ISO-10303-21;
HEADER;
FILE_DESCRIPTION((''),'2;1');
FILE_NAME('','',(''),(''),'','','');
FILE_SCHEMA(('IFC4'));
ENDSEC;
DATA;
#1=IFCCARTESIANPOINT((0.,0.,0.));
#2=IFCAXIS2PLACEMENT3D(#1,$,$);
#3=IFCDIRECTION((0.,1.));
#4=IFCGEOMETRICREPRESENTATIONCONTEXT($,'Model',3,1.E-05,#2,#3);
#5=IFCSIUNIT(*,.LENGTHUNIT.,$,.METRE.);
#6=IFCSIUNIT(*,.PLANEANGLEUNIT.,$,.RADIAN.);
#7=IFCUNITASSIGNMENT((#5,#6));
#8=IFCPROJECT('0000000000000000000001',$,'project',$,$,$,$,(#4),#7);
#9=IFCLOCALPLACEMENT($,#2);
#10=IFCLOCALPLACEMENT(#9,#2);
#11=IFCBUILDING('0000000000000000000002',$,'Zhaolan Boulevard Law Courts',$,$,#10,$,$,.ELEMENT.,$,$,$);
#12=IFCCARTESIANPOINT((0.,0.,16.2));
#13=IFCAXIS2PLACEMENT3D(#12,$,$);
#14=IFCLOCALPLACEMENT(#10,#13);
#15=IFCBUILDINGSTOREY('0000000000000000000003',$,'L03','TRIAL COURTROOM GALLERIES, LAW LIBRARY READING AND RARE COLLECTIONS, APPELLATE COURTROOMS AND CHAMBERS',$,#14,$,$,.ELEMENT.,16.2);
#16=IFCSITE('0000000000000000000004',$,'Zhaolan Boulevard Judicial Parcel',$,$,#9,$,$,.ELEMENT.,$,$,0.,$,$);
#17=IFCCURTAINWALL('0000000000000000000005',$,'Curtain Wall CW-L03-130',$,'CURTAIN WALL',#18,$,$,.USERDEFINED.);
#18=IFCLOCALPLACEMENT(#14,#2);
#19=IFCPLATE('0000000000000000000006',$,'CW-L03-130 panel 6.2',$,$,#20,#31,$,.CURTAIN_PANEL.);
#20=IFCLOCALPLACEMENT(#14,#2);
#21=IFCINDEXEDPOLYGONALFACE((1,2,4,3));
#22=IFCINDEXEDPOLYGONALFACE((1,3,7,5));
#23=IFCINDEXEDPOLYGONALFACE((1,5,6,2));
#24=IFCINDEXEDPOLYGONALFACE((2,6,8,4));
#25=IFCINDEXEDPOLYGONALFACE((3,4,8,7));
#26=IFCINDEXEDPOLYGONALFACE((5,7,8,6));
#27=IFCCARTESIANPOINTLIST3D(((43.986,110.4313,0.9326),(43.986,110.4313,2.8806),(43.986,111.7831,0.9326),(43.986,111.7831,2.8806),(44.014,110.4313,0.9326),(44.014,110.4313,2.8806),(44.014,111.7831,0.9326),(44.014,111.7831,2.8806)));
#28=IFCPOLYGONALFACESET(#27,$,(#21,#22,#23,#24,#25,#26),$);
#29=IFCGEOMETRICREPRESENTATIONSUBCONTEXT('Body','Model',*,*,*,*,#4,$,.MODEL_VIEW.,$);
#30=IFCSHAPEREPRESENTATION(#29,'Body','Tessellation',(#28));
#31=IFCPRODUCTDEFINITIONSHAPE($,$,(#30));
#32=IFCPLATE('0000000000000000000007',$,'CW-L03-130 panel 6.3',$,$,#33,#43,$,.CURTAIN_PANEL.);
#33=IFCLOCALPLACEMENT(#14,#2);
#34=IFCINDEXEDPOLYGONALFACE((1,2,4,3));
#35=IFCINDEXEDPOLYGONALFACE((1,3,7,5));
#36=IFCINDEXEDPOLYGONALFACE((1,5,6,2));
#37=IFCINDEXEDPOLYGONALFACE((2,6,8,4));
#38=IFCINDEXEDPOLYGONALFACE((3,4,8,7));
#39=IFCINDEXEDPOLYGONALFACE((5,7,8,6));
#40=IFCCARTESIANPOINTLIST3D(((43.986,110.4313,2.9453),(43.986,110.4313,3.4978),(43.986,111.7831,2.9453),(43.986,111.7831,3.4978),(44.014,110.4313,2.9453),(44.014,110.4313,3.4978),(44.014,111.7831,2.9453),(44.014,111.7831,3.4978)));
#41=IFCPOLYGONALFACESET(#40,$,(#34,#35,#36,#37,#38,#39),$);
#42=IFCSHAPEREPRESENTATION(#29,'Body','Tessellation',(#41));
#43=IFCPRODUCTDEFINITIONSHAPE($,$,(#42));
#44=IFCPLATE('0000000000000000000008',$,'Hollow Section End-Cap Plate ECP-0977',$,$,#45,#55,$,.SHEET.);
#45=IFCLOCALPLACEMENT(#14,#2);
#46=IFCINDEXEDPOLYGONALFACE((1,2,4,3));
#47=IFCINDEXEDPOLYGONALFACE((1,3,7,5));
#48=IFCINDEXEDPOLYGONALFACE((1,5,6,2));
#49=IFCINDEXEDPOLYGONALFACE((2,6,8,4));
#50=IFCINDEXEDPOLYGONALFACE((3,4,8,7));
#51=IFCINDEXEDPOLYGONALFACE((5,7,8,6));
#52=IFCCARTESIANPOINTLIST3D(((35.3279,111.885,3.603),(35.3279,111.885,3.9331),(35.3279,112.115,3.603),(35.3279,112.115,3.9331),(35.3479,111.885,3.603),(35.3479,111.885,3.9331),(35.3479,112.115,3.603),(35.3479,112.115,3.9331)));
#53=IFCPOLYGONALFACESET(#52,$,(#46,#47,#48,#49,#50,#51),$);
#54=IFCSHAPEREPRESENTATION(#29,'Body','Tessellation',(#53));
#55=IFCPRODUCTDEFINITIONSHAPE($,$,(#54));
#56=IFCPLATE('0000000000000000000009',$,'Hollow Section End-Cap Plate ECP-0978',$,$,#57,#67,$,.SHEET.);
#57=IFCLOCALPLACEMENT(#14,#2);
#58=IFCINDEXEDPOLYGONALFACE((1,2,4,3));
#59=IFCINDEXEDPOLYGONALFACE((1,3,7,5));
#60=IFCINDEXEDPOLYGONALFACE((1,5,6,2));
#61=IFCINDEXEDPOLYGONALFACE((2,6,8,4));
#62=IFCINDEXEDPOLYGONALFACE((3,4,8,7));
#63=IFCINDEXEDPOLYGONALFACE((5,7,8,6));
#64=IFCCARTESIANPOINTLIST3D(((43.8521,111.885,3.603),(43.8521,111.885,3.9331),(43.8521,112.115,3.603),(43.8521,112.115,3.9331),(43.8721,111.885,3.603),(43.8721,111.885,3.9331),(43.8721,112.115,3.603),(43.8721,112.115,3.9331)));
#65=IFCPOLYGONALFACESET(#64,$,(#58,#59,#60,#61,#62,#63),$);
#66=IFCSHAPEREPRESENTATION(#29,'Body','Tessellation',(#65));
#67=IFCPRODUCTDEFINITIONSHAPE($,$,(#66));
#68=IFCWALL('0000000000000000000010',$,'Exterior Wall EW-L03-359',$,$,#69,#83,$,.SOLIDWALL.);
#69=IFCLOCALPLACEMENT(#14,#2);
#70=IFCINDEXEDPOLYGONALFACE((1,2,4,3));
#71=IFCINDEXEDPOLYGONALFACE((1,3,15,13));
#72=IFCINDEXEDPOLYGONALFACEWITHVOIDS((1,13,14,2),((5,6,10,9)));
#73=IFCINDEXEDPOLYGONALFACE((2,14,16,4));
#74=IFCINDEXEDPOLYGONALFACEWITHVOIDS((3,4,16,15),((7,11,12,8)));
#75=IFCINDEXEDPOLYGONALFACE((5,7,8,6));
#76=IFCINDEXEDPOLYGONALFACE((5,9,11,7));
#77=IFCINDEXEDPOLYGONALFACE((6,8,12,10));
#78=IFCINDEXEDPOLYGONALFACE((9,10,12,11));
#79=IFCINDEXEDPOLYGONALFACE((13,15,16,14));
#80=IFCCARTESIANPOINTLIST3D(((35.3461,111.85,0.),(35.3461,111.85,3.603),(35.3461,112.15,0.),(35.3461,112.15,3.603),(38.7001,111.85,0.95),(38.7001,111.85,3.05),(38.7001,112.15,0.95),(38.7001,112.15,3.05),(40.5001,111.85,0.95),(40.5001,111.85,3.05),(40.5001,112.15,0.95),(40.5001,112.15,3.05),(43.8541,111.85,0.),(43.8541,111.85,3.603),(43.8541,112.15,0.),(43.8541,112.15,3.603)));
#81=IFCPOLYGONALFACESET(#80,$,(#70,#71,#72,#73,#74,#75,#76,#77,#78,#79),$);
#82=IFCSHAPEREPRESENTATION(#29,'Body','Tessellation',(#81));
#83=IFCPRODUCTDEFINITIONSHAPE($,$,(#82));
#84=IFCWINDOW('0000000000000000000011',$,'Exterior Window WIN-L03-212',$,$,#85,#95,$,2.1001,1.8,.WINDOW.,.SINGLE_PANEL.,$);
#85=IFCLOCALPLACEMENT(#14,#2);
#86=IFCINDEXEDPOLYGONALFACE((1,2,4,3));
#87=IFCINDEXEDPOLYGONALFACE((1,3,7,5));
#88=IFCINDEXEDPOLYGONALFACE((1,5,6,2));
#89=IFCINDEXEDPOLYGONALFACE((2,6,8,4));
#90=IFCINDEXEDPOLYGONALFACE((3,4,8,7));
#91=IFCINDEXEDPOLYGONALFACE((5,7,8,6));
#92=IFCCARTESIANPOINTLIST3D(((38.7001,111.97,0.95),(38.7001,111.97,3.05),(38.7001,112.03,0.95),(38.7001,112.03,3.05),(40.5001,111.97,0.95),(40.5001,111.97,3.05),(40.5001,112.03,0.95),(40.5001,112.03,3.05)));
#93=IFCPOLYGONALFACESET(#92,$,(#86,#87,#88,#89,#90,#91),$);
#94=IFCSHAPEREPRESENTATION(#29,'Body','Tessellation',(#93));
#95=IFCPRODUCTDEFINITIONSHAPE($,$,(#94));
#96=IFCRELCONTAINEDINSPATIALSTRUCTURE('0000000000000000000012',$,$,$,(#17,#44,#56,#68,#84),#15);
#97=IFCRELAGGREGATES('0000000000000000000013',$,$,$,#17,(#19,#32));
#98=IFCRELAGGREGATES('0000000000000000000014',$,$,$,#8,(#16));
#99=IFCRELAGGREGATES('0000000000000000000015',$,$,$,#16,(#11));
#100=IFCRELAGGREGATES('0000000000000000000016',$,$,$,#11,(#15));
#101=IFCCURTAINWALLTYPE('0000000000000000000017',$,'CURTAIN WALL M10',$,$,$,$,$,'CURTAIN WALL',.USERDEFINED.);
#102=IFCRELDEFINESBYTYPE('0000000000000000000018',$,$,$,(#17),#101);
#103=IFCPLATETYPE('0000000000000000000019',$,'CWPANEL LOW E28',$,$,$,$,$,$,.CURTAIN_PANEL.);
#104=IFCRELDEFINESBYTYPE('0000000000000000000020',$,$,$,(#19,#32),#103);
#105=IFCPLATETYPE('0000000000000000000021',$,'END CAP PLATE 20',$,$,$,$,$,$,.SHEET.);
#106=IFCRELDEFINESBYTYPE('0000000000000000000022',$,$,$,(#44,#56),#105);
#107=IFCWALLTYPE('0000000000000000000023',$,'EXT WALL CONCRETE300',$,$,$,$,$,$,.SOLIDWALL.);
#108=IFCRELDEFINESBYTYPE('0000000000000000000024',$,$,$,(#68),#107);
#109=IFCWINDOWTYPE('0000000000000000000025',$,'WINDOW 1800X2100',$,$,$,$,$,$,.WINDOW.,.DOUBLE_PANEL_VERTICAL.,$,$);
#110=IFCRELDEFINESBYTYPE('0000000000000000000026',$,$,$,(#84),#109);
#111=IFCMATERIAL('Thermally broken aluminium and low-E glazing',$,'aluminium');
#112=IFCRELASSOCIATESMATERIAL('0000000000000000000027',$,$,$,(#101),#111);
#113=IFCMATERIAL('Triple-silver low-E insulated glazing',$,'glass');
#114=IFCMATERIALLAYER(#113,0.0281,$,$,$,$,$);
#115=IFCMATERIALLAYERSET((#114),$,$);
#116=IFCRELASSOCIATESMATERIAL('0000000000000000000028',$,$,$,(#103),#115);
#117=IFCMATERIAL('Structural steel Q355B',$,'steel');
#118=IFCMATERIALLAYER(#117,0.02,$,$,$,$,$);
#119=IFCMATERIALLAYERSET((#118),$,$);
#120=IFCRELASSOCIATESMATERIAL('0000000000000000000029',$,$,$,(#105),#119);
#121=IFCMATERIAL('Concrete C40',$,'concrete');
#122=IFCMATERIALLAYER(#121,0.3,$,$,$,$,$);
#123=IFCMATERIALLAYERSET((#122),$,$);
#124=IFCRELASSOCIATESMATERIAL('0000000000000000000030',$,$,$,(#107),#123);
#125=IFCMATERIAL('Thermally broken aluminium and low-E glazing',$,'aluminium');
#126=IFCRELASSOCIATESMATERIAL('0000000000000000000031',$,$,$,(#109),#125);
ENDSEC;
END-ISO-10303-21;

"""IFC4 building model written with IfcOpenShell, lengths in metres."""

from ifc_helpers import new_model, si_unit, direction, frame, frame_2d, origin, origin_2d, place, context, subcontext, project, spatial, rectangle, extrude, material, layer, layer_set, type_object, element, fill, aggregate, save


model = new_model("IFC4")

# Units and contexts
model_context = context("Model", 3, precision=1e-05, world=origin(), true_north=direction((0.0, 1.0)))
body_context = subcontext(model_context, "Body", "Model", "MODEL_VIEW")
ifc_project = project(units=[si_unit("LENGTHUNIT", "METRE"), si_unit("PLANEANGLEUNIT", "RADIAN")], contexts=[model_context])

# Site, building, storey
site_placement = place(None, origin())
site = spatial("IfcSite", under=ifc_project, at=site_placement, Name="Zhaolan Boulevard Judicial Parcel", CompositionType="ELEMENT", RefElevation=0.0)
building_placement = place(site_placement, origin())
building = spatial("IfcBuilding", under=site, at=building_placement, Name="Zhaolan Boulevard Law Courts", CompositionType="ELEMENT")
storey_placement = place(building_placement, frame((0.0, 0.0, 16.2)))
storey = spatial("IfcBuildingStorey", under=building, at=storey_placement, Name="L03", Description="TRIAL COURTROOM GALLERIES, LAW LIBRARY READING AND RARE COLLECTIONS, APPELLATE COURTROOMS AND CHAMBERS", CompositionType="ELEMENT", Elevation=16.2)

# Curtain wall
ifc_material_1 = material(Name="Thermally broken aluminium and low-E glazing", Category="aluminium")
curtain_wall_type = type_object("IfcCurtainWallType", Name="CURTAIN WALL M10", ElementType="CURTAIN WALL", PredefinedType="USERDEFINED", material=ifc_material_1)
curtain_wall_placement = place(storey_placement, origin())
curtain_wall = element("IfcCurtainWall", 1, at=curtain_wall_placement, inside=storey, type_object=curtain_wall_type, Name="Curtain Wall CW-L03-130", ObjectType="CURTAIN WALL", PredefinedType="USERDEFINED")

# Plates
ifc_material_2 = material(Name="Triple-silver low-E insulated glazing", Category="glass")
ifc_layer_1 = layer(ifc_material_2, 0.0281)
ifc_layer_set_1 = layer_set([ifc_layer_1])
plate_type_1 = type_object("IfcPlateType", Name="CWPANEL LOW E28", PredefinedType="CURTAIN_PANEL", material=ifc_layer_set_1)
plate_1_placement = place(storey_placement, frame((44.0, 111.1072, 0.9326), z_axis=(0.0, 0.0, 1.0), x_axis=(0.0, 1.0, 0.0)))
plate_1 = element("IfcPlate", 2, at=plate_1_placement, type_object=plate_type_1, Name="CW-L03-130 panel 6.2", PredefinedType="CURTAIN_PANEL", context=body_context, shape_type="SweptSolid", body=[
    extrude(rectangle(XDim=1.3518, YDim=0.0281, at=origin_2d()), origin(), (0.0, 0.0, 1.0), 1.948),
])
plate_2_placement = place(storey_placement, frame((44.0, 111.1072, 2.9453), z_axis=(0.0, 0.0, 1.0), x_axis=(0.0, 1.0, 0.0)))
plate_2 = element("IfcPlate", 3, at=plate_2_placement, type_object=plate_type_1, Name="CW-L03-130 panel 6.3", PredefinedType="CURTAIN_PANEL", context=body_context, shape_type="SweptSolid", body=[
    extrude(rectangle(XDim=1.3518, YDim=0.0281, at=origin_2d()), origin(), (0.0, 0.0, 1.0), 0.5525),
])
aggregate(curtain_wall, [plate_1, plate_2])

# Plates
ifc_material_3 = material(Name="Structural steel Q355B", Category="steel")
ifc_layer_2 = layer(ifc_material_3, 0.02)
ifc_layer_set_2 = layer_set([ifc_layer_2])
plate_type_2 = type_object("IfcPlateType", Name="END CAP PLATE 20", PredefinedType="SHEET", material=ifc_layer_set_2)
for number, where, z_axis, x_axis, name in (
    (4, (35.3379, 112.0, 3.603), (0.0, 0.0, 1.0), (1.0, 0.0, 0.0), "Hollow Section End-Cap Plate ECP-0977"),
    (5, (43.8621, 112.0, 3.603), (0.0, 0.0, 1.0), (1.0, 0.0, 0.0), "Hollow Section End-Cap Plate ECP-0978"),
):
    element("IfcPlate", number, at=place(storey_placement, frame(where, z_axis=z_axis, x_axis=x_axis)), inside=storey, type_object=plate_type_2, Name=name, PredefinedType="SHEET", context=body_context, shape_type="SweptSolid", body=[
        extrude(rectangle(XDim=0.02, YDim=0.23, at=origin_2d()), origin(), (0.0, 0.0, 1.0), 0.3301),
    ])

# Wall, opening, window
ifc_material_4 = material(Name="Concrete C40", Category="concrete")
ifc_layer_3 = layer(ifc_material_4, 0.3)
ifc_layer_set_3 = layer_set([ifc_layer_3])
wall_type = type_object("IfcWallType", Name="EXT WALL CONCRETE300", PredefinedType="SOLIDWALL", material=ifc_layer_set_3)
wall_placement = place(storey_placement, frame((43.854, 112.0, 0.0), z_axis=(0.0, 0.0, 1.0), x_axis=(-1.0, 0.0, 0.0)))
wall = element("IfcWall", 6, at=wall_placement, inside=storey, type_object=wall_type, Name="Exterior Wall EW-L03-359", PredefinedType="SOLIDWALL", context=body_context, shape_type="SweptSolid", body=[
    extrude(rectangle(XDim=8.5081, YDim=0.3, at=frame_2d((4.2539, 0.0))), origin(), (0.0, 0.0, 1.0), 3.603),
])
opening_placement = place(wall_placement, frame((3.354, 0.0, 0.95)))
opening = element("IfcOpeningElement", 7, at=opening_placement, cuts=wall, PredefinedType="OPENING", context=body_context, shape_type="SweptSolid", body=[
    extrude(rectangle(XDim=1.8, YDim=2.1001, at=frame_2d((0.8999, 1.05))), frame((0.0, 0.1599, 0.0), z_axis=(0.0, -1.0, 0.0), x_axis=(1.0, 0.0, 0.0)), (0.0, 0.0, 1.0), 0.3201),
])
ifc_material_5 = material(Name="Thermally broken aluminium and low-E glazing", Category="aluminium")
window_type = type_object("IfcWindowType", Name="WINDOW 1800X2100", PartitioningType="DOUBLE_PANEL_VERTICAL", PredefinedType="WINDOW", material=ifc_material_5)
window_placement = place(opening_placement, origin())
window = element("IfcWindow", 8, at=window_placement, inside=storey, type_object=window_type, Name="Exterior Window WIN-L03-212", OverallHeight=2.1001, OverallWidth=1.8, PartitioningType="SINGLE_PANEL", PredefinedType="WINDOW", context=body_context, shape_type="SweptSolid", body=[
    extrude(rectangle(XDim=1.8, YDim=2.1001, at=frame_2d((0.8999, 1.05))), frame((0.0, 0.03, 0.0), z_axis=(0.0, -1.0, 0.0), x_axis=(1.0, 0.0, 0.0)), (0.0, 0.0, 1.0), 0.0601),
])
fill(opening, window)

save(model, "model.ifc")
